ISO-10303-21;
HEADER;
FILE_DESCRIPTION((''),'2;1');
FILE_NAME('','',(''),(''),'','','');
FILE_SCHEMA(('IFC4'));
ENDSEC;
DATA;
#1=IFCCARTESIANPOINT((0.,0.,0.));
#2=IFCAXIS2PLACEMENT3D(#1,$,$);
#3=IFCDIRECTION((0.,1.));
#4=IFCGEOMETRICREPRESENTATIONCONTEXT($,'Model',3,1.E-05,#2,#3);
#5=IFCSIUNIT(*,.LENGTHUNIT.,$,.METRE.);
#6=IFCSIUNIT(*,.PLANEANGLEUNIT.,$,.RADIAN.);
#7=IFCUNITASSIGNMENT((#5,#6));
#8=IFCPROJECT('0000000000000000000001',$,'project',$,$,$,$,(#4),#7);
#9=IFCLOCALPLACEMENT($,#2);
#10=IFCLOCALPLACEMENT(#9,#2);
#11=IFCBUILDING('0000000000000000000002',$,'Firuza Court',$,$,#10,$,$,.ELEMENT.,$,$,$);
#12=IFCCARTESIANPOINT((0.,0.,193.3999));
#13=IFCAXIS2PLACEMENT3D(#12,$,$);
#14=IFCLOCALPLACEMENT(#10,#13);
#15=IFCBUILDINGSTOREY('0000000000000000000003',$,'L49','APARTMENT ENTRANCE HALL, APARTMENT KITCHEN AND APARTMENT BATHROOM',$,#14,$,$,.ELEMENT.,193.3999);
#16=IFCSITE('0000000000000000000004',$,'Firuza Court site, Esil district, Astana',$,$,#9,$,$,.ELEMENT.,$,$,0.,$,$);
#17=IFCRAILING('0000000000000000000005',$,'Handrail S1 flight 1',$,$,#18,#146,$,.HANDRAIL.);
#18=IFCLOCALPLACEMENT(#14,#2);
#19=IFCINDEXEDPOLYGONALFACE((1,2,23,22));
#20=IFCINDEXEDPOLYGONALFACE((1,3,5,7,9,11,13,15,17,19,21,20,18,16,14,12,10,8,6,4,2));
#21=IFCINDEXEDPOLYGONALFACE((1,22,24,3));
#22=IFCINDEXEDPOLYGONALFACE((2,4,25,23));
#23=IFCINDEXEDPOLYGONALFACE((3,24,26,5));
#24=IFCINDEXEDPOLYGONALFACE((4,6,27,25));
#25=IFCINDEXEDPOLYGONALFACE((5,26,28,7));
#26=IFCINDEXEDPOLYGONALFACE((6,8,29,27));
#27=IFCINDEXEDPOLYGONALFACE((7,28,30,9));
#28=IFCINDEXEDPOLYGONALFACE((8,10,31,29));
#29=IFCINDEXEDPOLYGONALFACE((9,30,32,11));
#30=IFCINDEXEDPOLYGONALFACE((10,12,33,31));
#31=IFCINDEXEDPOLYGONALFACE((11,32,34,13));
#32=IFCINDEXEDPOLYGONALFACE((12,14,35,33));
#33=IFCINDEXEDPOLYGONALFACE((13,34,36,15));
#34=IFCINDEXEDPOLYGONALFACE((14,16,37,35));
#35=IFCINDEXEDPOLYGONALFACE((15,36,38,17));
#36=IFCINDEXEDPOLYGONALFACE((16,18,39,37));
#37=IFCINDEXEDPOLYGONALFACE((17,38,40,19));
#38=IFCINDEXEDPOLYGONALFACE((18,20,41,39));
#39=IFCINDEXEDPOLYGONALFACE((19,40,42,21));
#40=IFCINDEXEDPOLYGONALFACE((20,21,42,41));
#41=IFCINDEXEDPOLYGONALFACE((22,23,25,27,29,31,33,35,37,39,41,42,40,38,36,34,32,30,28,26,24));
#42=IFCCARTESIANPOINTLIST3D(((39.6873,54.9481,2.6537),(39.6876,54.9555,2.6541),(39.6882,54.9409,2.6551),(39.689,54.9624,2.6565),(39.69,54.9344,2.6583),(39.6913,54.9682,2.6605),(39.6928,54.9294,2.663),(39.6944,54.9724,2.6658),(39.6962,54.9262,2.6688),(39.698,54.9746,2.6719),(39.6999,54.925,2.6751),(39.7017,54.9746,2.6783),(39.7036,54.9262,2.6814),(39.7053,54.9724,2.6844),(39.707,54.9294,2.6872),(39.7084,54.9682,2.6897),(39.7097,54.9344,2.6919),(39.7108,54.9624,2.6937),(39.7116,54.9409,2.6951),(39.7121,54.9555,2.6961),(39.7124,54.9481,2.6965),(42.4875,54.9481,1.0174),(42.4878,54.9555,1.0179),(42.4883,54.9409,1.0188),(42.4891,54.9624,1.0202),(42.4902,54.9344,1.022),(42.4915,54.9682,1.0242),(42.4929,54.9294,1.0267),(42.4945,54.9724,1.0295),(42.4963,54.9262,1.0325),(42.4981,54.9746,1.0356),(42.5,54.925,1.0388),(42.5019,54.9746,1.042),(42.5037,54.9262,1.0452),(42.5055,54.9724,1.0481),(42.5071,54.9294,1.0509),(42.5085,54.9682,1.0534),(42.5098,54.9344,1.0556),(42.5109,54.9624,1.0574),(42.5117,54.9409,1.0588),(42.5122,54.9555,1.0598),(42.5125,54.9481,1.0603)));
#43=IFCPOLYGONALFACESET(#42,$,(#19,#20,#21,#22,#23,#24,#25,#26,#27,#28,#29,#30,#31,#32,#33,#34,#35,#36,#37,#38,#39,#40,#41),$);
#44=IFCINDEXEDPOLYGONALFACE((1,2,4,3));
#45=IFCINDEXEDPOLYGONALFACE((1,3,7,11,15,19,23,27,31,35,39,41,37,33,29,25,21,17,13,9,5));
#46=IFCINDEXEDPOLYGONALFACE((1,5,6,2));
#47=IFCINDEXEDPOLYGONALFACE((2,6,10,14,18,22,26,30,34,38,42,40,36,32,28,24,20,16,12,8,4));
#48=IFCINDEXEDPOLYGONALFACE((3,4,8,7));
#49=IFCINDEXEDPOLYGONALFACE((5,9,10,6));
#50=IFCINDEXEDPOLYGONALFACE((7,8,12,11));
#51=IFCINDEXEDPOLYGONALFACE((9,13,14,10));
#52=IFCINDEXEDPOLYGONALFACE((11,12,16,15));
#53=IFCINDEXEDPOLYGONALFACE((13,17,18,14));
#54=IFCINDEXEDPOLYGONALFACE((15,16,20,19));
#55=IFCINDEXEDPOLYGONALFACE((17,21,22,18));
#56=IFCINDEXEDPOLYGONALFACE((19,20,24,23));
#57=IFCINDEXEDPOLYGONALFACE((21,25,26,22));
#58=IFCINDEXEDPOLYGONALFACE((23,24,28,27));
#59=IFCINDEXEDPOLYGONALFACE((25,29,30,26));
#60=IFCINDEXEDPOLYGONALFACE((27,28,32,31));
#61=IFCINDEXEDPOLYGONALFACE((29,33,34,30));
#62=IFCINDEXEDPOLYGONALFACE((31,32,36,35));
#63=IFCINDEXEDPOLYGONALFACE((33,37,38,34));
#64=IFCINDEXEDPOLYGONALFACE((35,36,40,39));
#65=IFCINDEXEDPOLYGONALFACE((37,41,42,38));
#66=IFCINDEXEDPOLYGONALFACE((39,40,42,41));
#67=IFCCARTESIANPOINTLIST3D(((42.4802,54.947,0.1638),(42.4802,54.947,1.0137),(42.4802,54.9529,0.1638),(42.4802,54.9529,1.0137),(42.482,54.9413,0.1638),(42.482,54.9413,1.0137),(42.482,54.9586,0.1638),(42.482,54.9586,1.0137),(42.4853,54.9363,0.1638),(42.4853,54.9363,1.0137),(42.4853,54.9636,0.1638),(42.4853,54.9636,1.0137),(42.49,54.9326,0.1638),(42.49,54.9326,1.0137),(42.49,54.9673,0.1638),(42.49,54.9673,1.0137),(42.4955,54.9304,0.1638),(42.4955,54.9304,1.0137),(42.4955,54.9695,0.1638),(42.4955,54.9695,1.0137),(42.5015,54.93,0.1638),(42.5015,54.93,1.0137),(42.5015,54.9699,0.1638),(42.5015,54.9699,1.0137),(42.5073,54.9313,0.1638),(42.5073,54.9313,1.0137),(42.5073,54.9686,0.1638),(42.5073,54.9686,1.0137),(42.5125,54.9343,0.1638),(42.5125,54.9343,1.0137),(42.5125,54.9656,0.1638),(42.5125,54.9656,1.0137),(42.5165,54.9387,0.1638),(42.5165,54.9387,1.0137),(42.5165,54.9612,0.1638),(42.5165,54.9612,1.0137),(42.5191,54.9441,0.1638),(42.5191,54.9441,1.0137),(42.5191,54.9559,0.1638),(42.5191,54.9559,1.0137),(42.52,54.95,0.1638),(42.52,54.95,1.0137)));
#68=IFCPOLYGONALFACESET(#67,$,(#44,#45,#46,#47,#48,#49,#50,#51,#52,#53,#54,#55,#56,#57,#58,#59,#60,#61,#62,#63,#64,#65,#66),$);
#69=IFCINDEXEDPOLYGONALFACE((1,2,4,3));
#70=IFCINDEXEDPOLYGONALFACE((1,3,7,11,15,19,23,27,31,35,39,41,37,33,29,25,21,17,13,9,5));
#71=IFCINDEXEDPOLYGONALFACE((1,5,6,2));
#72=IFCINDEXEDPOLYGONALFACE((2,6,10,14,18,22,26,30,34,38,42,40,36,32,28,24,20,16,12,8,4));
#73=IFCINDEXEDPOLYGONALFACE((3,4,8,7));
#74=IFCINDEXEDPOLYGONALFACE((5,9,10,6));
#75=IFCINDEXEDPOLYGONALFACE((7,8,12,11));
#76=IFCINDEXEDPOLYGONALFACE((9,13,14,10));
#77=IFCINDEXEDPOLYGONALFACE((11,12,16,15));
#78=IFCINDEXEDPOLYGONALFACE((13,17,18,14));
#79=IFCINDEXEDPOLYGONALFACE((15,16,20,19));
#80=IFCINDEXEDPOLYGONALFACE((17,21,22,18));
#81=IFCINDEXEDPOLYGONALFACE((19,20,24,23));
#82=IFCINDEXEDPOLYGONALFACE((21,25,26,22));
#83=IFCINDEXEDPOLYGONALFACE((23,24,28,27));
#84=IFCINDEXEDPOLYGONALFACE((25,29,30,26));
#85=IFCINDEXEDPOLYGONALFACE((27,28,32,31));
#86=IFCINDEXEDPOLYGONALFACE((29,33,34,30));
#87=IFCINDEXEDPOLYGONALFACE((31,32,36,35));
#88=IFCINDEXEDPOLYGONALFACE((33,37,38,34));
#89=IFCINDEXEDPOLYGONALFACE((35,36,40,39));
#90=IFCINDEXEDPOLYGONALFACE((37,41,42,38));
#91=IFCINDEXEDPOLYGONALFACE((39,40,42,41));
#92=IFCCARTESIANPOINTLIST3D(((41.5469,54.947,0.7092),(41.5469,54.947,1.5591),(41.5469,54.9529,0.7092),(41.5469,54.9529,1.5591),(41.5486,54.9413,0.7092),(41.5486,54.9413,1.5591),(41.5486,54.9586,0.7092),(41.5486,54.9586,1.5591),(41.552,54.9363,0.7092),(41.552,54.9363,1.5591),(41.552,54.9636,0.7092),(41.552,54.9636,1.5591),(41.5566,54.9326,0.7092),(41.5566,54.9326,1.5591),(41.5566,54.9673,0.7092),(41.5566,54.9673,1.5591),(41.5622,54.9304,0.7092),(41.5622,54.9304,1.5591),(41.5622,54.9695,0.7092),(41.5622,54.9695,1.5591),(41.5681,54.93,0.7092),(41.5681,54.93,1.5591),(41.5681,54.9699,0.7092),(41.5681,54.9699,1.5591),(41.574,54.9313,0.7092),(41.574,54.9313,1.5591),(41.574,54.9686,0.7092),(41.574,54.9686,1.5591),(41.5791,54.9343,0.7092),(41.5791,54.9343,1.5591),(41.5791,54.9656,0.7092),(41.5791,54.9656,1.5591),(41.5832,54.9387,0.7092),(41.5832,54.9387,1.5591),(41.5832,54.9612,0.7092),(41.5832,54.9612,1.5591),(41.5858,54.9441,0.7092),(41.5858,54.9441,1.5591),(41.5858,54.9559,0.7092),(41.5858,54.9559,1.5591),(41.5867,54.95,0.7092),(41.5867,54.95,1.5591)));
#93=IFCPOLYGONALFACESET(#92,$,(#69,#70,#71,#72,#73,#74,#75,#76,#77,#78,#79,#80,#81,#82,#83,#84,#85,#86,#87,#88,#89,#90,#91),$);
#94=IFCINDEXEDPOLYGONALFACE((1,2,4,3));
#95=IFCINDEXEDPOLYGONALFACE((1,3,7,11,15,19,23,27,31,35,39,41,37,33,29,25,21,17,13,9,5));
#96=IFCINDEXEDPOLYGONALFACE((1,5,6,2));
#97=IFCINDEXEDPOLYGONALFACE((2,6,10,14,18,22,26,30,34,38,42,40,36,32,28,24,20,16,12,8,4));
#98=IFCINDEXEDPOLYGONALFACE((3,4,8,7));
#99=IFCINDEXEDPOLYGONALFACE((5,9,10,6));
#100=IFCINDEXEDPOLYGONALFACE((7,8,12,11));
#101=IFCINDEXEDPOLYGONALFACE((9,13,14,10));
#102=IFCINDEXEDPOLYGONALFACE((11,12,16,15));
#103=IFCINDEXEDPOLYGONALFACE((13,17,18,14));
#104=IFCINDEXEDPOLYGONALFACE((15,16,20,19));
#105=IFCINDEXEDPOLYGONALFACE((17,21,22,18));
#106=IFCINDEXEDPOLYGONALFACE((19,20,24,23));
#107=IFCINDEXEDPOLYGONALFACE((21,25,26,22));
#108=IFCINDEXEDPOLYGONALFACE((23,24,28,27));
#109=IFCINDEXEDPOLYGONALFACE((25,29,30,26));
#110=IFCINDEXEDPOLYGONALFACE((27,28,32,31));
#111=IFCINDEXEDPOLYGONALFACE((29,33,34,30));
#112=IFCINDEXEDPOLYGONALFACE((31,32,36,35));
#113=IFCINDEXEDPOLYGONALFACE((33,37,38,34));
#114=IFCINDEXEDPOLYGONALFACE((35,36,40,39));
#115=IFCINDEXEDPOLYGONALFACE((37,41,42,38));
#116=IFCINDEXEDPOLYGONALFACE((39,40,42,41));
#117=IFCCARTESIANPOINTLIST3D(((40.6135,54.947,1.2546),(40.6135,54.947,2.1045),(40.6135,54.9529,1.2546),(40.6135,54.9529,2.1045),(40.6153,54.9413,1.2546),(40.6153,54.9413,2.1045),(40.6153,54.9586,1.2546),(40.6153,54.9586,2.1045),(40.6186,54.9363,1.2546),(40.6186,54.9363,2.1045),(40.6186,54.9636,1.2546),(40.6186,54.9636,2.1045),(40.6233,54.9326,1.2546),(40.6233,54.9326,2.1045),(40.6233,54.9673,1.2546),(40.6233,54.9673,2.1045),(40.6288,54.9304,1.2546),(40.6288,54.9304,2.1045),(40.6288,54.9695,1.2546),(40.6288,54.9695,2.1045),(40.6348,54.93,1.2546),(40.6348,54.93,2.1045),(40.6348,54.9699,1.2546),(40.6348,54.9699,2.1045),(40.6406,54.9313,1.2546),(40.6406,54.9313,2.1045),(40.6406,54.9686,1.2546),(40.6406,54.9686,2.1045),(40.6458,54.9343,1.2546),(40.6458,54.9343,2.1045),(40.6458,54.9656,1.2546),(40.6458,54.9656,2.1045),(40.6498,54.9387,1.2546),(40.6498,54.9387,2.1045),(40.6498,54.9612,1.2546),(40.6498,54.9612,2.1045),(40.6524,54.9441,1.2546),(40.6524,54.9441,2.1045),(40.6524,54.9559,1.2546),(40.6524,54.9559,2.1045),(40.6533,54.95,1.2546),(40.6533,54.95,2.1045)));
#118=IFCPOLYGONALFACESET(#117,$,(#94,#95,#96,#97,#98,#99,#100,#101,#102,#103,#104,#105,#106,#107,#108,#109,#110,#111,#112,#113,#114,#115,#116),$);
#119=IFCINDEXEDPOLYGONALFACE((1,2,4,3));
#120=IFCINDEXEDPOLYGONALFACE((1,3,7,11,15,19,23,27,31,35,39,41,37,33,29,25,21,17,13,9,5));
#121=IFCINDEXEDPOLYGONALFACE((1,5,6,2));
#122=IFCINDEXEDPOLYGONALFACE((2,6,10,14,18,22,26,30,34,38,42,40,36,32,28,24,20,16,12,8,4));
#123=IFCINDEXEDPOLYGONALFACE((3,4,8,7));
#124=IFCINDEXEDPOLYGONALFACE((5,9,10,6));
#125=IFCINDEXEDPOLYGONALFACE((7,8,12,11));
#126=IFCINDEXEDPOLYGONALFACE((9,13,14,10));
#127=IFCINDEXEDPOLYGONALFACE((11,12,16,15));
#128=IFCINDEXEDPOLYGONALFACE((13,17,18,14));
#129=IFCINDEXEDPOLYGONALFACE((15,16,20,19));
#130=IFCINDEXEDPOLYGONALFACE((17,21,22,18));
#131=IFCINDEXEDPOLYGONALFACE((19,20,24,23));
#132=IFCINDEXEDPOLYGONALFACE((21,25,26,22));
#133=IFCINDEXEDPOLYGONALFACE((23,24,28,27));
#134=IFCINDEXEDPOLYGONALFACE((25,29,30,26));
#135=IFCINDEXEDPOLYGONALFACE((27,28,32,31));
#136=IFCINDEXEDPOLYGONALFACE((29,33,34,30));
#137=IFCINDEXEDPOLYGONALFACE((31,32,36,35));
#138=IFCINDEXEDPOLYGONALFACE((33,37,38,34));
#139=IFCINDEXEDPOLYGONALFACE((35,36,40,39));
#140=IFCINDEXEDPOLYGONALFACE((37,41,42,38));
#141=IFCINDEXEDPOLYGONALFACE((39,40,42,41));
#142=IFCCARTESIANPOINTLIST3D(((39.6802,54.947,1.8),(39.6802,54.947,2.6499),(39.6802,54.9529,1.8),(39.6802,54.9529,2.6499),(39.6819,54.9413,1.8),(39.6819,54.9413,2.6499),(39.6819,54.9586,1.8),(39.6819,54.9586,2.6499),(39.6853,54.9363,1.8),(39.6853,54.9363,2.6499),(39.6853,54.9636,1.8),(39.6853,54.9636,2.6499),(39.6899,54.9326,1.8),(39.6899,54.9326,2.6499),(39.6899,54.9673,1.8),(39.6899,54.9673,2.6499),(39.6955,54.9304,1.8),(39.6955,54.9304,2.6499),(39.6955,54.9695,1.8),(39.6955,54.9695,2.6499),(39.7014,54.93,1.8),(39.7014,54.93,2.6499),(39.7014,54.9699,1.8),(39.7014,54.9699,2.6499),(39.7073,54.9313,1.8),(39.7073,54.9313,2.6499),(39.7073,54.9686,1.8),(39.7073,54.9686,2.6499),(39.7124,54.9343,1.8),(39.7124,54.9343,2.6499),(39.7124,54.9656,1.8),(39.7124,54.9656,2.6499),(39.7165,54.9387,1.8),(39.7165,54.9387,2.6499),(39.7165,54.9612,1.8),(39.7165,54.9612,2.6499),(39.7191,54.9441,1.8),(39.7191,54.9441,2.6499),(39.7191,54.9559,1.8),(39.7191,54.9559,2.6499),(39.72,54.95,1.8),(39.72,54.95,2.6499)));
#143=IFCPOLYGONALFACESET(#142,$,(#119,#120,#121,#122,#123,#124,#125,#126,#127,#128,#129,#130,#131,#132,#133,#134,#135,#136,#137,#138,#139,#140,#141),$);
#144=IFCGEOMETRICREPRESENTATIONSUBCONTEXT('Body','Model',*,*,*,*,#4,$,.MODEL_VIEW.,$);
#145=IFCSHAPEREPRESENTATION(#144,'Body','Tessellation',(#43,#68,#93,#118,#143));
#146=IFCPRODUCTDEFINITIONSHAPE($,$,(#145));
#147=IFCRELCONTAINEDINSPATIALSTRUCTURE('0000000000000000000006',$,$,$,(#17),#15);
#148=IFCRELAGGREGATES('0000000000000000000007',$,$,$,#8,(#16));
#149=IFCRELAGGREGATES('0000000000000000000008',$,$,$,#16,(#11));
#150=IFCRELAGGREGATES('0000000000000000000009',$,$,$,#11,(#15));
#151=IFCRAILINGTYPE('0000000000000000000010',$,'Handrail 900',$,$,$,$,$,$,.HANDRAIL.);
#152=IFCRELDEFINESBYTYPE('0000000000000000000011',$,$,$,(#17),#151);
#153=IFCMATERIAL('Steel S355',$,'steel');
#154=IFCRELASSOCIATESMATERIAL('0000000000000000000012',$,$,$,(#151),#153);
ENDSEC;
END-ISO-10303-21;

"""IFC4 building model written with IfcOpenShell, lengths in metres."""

from ifc_helpers import new_model, si_unit, direction, frame, origin, origin_2d, place, context, subcontext, project, spatial, circle, extrude, material, type_object, element, save


model = new_model("IFC4")

# Units and contexts
model_context = context("Model", 3, precision=1e-05, world=origin(), true_north=direction((0.0, 1.0)))
body_context = subcontext(model_context, "Body", "Model", "MODEL_VIEW")
ifc_project = project(units=[si_unit("LENGTHUNIT", "METRE"), si_unit("PLANEANGLEUNIT", "RADIAN")], contexts=[model_context])

# Site, building, storey
site_placement = place(None, origin())
site = spatial("IfcSite", under=ifc_project, at=site_placement, Name="Firuza Court site, Esil district, Astana", CompositionType="ELEMENT", RefElevation=0.0)
building_placement = place(site_placement, origin())
building = spatial("IfcBuilding", under=site, at=building_placement, Name="Firuza Court", CompositionType="ELEMENT")
storey_placement = place(building_placement, frame((0.0, 0.0, 193.3999)))
storey = spatial("IfcBuildingStorey", under=building, at=storey_placement, Name="L49", Description="APARTMENT ENTRANCE HALL, APARTMENT KITCHEN AND APARTMENT BATHROOM", CompositionType="ELEMENT", Elevation=193.3999)

# Railing
ifc_material_1 = material(Name="Steel S355", Category="steel")
railing_type_1 = type_object("IfcRailingType", Name="Handrail 900", PredefinedType="HANDRAIL", material=ifc_material_1)
railing_1_placement = place(storey_placement, frame((42.5, 54.95, 0.1638)))
element("IfcRailing", 1, at=railing_1_placement, inside=storey, type_object=railing_type_1, Name="Handrail S1 flight 1", PredefinedType="HANDRAIL", context=body_context, shape_type="SweptSolid", body=[
    extrude(circle(Radius=0.0249, at=origin_2d()), frame((0.0, 0.0, 0.875), z_axis=(-0.863394, 0.0, 0.504531), x_axis=(0.0, -1.0, 0.0)), (0.0, 0.0, 1.0), 3.2432),
    extrude(circle(Radius=0.02, at=origin_2d()), origin(), (0.0, 0.0, 1.0), 0.8499),
    extrude(circle(Radius=0.02, at=origin_2d()), frame((-0.9333, 0.0, 0.5454)), (0.0, 0.0, 1.0), 0.8499),
    extrude(circle(Radius=0.02, at=origin_2d()), frame((-1.8667, 0.0, 1.0908)), (0.0, 0.0, 1.0), 0.8499),
    extrude(circle(Radius=0.02, at=origin_2d()), frame((-2.8, 0.0, 1.6362)), (0.0, 0.0, 1.0), 0.8499),
])

save(model, "model.ifc")
